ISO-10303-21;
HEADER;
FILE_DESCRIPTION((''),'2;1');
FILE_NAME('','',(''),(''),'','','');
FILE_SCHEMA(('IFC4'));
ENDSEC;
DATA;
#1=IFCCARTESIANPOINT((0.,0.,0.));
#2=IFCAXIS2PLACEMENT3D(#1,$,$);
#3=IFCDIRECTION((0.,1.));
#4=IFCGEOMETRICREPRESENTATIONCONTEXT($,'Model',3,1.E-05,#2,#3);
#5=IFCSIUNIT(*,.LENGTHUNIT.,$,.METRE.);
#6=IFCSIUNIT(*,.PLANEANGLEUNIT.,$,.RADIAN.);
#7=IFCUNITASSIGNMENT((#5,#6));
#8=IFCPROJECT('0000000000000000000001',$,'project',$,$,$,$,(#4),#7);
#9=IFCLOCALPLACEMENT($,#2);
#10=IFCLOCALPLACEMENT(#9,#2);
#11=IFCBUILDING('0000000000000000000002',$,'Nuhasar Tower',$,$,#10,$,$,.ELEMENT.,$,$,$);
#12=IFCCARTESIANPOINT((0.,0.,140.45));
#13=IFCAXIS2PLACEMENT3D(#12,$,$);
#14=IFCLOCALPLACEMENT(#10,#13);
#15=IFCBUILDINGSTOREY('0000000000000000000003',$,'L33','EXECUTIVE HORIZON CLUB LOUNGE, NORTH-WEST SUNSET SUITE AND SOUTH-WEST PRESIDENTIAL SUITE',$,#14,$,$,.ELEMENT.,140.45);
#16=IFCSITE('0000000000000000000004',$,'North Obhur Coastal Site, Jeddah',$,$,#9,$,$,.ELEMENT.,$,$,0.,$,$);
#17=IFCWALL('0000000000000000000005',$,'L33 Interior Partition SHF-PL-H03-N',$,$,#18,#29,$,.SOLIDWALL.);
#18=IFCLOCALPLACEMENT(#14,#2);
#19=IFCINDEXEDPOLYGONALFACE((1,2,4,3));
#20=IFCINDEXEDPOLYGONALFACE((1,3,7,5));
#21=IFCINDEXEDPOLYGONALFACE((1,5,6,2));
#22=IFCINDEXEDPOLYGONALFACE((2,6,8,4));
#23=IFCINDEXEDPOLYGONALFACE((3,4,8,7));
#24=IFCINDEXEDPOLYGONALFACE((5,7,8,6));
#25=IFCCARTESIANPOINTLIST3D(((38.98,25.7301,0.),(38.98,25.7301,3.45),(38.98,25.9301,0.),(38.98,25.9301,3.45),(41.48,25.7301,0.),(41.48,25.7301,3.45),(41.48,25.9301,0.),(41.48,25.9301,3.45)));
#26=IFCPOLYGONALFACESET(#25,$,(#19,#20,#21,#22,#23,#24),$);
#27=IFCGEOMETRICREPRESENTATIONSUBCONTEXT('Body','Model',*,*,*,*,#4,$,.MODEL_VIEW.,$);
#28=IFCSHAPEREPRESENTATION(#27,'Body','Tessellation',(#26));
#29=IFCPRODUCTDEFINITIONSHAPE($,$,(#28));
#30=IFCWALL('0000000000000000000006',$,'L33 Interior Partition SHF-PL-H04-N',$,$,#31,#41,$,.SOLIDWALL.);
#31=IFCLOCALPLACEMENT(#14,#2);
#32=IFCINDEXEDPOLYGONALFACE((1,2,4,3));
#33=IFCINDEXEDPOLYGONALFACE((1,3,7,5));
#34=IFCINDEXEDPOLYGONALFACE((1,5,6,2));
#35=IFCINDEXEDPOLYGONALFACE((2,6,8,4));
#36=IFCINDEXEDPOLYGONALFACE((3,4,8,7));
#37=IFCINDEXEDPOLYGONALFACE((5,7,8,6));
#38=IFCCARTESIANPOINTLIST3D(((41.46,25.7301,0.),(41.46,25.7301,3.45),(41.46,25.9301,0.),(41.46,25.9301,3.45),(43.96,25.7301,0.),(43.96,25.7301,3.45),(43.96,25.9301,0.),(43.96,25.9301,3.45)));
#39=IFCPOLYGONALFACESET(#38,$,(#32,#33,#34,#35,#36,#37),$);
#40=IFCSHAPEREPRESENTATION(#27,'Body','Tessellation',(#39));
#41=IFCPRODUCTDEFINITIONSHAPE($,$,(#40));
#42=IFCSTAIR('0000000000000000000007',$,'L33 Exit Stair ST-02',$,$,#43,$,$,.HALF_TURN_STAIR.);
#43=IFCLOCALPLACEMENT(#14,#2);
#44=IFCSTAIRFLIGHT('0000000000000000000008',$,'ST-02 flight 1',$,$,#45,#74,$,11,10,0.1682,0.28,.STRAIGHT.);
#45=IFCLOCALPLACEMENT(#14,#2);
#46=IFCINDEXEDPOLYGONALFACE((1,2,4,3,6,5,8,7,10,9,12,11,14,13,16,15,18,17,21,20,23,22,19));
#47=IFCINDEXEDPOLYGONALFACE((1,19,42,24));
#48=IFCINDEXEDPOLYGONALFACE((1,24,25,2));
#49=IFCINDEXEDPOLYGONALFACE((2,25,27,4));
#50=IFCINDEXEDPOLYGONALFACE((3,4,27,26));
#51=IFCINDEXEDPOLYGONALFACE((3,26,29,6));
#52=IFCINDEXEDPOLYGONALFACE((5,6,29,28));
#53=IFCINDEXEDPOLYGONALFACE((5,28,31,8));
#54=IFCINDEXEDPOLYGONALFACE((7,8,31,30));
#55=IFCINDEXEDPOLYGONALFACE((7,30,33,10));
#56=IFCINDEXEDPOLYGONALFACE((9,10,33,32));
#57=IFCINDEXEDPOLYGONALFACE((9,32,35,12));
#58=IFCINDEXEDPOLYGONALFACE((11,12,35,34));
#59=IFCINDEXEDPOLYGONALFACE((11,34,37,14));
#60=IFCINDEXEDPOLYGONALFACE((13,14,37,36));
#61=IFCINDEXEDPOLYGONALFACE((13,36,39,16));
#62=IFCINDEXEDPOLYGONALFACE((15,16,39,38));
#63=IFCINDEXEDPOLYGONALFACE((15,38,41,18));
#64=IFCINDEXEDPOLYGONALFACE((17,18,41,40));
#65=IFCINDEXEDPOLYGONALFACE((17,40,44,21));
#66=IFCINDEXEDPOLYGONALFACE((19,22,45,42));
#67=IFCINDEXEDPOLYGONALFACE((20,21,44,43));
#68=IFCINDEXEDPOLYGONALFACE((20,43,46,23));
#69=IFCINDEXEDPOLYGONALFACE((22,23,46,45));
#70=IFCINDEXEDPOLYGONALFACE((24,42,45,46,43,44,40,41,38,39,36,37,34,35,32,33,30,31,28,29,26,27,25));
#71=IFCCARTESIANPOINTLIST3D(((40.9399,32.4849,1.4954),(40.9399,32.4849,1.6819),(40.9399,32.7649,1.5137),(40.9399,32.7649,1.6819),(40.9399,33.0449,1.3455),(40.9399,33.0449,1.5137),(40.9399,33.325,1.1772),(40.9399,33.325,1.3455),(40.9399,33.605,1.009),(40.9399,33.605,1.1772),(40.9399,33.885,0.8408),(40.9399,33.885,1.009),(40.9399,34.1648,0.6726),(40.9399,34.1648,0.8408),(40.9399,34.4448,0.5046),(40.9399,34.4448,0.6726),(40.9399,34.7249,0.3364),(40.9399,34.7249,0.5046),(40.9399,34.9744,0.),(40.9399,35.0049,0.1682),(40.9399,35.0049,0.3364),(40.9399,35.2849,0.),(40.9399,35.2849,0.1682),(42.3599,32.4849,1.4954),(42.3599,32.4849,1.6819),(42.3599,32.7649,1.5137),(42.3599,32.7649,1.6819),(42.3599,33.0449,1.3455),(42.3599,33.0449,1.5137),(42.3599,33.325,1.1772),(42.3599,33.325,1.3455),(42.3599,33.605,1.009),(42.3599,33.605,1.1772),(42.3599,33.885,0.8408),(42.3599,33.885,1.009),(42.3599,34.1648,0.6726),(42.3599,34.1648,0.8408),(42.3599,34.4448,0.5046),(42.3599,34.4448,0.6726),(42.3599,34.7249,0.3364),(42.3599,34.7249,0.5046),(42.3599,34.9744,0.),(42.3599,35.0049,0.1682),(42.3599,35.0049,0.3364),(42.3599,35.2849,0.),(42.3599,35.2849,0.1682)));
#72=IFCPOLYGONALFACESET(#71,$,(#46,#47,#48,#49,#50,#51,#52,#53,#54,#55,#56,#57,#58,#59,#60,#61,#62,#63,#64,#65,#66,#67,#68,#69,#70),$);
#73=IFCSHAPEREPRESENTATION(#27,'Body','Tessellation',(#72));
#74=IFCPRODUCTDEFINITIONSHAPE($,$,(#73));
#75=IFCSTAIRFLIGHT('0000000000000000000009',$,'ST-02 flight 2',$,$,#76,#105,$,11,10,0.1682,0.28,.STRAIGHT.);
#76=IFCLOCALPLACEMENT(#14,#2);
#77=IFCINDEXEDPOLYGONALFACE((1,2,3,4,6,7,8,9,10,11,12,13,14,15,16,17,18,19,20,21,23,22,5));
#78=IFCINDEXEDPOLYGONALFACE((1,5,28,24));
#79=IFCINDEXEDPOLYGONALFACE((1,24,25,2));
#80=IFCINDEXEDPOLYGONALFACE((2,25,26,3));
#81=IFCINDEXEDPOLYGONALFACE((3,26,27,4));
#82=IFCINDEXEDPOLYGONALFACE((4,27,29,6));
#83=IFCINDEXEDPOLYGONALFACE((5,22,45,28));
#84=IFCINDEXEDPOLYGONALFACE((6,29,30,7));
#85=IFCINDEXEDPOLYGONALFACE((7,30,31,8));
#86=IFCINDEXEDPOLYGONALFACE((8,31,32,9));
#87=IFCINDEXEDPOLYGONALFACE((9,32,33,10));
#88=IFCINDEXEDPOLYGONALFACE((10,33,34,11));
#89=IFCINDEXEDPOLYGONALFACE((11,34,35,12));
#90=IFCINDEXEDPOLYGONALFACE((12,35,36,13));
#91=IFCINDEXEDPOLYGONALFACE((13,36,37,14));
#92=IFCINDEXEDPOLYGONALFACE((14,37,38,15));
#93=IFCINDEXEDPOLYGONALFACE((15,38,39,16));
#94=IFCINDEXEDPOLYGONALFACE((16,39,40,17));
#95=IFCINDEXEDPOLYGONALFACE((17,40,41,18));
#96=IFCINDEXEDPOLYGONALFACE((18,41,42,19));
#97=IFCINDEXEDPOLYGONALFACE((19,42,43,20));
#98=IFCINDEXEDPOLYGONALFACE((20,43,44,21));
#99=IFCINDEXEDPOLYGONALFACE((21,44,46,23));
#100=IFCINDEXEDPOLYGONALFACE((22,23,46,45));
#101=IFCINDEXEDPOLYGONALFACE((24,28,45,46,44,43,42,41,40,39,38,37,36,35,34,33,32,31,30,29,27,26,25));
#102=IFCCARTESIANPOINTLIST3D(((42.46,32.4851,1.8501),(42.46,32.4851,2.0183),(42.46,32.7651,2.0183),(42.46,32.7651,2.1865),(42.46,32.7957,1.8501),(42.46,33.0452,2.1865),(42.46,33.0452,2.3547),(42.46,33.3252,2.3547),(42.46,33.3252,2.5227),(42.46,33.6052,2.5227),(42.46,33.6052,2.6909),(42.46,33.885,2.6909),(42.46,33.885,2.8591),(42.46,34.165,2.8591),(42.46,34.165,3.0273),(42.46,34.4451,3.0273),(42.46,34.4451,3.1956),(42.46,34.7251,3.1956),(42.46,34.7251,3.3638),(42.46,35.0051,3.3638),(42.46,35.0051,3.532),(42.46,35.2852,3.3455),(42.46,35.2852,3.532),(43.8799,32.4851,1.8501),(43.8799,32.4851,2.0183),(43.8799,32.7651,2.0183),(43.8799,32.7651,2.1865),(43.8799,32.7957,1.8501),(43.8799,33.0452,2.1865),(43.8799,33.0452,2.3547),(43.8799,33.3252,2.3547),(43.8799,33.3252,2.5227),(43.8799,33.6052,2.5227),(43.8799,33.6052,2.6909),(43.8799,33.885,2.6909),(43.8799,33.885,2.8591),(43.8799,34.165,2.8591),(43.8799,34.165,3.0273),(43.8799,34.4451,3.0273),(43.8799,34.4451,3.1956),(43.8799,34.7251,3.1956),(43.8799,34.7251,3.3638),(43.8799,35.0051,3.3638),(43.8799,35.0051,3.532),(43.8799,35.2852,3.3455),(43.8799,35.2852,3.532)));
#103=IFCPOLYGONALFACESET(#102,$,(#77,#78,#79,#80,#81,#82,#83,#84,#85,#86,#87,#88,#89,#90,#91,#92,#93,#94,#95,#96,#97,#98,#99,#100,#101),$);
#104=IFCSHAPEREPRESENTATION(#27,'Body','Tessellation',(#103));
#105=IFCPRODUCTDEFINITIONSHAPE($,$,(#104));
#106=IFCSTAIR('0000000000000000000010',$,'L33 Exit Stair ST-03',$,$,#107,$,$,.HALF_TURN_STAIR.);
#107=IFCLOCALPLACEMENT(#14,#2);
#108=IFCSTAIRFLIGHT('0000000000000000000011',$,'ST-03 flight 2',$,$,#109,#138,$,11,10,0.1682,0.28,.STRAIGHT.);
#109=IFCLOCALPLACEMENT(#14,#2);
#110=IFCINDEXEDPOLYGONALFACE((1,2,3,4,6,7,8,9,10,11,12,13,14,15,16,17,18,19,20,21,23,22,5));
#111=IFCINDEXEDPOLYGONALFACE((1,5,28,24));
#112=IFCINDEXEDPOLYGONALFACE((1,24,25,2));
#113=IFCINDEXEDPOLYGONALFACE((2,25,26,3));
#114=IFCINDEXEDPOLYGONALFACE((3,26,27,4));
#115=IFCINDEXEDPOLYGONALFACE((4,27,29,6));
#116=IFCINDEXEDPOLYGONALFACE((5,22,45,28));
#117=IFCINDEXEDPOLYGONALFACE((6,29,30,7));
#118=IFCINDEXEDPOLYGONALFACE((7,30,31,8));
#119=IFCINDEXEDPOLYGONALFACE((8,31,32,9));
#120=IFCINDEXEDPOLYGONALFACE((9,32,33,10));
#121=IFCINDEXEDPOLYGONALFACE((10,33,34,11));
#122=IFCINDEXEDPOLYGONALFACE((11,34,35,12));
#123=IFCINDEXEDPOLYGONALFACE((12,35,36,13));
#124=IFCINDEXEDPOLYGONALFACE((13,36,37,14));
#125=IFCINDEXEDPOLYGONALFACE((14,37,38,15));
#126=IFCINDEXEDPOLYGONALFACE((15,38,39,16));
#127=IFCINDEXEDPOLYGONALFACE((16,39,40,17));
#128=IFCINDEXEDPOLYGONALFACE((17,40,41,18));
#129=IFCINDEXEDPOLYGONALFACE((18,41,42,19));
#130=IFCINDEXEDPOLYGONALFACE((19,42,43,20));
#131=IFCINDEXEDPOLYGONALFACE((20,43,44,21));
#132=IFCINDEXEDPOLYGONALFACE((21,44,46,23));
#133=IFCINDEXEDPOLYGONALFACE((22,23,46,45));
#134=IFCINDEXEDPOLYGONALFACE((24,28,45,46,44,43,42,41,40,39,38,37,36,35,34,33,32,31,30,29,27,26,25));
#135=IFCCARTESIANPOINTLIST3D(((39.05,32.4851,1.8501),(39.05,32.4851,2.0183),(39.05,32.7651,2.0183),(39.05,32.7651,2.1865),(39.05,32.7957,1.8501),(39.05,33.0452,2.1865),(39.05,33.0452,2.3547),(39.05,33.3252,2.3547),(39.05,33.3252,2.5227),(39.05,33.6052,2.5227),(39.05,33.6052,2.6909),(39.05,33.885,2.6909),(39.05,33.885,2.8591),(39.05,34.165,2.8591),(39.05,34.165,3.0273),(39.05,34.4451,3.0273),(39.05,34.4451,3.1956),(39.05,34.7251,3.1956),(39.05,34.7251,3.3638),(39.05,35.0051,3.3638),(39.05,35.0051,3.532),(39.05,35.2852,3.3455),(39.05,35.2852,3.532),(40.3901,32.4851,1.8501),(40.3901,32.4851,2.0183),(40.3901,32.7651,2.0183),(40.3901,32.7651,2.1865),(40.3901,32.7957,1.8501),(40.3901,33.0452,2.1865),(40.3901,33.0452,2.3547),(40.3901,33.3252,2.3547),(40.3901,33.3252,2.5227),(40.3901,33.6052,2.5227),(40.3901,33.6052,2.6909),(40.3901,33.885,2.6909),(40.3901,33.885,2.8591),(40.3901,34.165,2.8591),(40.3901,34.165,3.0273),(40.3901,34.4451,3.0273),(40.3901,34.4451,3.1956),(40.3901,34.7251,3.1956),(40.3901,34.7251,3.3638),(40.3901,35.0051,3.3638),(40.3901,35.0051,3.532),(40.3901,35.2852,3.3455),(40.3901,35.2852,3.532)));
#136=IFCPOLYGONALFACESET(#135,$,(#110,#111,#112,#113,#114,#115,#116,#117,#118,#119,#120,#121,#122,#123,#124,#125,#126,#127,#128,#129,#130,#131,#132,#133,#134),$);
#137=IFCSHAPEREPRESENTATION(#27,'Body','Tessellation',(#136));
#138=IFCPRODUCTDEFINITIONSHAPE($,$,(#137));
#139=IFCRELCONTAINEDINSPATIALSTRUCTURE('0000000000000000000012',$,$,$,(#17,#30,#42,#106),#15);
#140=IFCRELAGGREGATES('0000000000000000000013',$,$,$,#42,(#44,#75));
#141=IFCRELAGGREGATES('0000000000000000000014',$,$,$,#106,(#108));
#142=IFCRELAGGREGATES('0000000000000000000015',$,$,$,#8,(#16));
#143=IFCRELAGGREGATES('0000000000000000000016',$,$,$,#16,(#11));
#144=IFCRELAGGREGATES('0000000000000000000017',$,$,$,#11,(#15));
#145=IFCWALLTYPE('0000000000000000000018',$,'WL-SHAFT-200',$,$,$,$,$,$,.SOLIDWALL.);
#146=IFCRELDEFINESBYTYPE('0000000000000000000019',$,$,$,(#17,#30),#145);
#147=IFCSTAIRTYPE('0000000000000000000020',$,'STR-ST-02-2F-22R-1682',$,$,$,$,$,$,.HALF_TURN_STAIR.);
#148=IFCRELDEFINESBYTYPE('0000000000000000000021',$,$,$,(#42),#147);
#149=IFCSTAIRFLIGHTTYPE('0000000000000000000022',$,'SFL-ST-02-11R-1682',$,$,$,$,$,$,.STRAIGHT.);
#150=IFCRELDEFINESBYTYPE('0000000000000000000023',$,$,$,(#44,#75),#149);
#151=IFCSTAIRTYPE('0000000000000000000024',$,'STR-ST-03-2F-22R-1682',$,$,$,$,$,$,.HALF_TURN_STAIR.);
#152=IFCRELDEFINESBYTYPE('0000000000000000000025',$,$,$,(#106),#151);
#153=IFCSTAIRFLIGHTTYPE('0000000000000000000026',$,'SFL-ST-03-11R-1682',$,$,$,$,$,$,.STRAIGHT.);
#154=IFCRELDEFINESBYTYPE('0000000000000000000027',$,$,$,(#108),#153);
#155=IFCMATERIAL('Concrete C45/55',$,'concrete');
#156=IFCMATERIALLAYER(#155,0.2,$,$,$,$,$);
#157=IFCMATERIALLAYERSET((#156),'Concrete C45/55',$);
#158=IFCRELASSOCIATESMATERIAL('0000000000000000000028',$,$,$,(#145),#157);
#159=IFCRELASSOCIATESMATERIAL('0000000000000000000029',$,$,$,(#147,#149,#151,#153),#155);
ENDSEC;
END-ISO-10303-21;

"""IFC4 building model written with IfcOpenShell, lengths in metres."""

from ifc_helpers import new_model, si_unit, direction, frame, frame_2d, origin, place, context, subcontext, project, spatial, polyline, rectangle, outline, extrude, material, layer, layer_set, type_object, element, aggregate, save


model = new_model("IFC4")

# Units and contexts
model_context = context("Model", 3, precision=1e-05, world=origin(), true_north=direction((0.0, 1.0)))
body_context = subcontext(model_context, "Body", "Model", "MODEL_VIEW")
ifc_project = project(units=[si_unit("LENGTHUNIT", "METRE"), si_unit("PLANEANGLEUNIT", "RADIAN")], contexts=[model_context])

# Site, building, storey
site_placement = place(None, origin())
site = spatial("IfcSite", under=ifc_project, at=site_placement, Name="North Obhur Coastal Site, Jeddah", CompositionType="ELEMENT", RefElevation=0.0)
building_placement = place(site_placement, origin())
building = spatial("IfcBuilding", under=site, at=building_placement, Name="Nuhasar Tower", CompositionType="ELEMENT")
storey_placement = place(building_placement, frame((0.0, 0.0, 140.45)))
storey = spatial("IfcBuildingStorey", under=building, at=storey_placement, Name="L33", Description="EXECUTIVE HORIZON CLUB LOUNGE, NORTH-WEST SUNSET SUITE AND SOUTH-WEST PRESIDENTIAL SUITE", CompositionType="ELEMENT", Elevation=140.45)

# Shared definitions
ifc_material_1 = material(Name="Concrete C45/55", Category="concrete")
ifc_layer_1 = layer(ifc_material_1, 0.2)
ifc_layer_set_1 = layer_set([ifc_layer_1], Name="Concrete C45/55")
wall_type_1 = type_object("IfcWallType", Name="WL-SHAFT-200", PredefinedType="SOLIDWALL", material=ifc_layer_set_1)

# Walls
for number, where, z_axis, x_axis, name in (
    (1, (38.98, 25.8301, 0.0), (0.0, 0.0, 1.0), (1.0, 0.0, 0.0), "L33 Interior Partition SHF-PL-H03-N"),
    (2, (41.46, 25.8301, 0.0), (0.0, 0.0, 1.0), (1.0, 0.0, 0.0), "L33 Interior Partition SHF-PL-H04-N"),
):
    element("IfcWall", number, at=place(storey_placement, frame(where, z_axis=z_axis, x_axis=x_axis)), inside=storey, type_object=wall_type_1, Name=name, PredefinedType="SOLIDWALL", context=body_context, shape_type="SweptSolid", body=[
        extrude(rectangle(XDim=2.5, YDim=0.2, at=frame_2d((1.25, 0.0))), origin(), (0.0, 0.0, 1.0), 3.45),
    ])

# Stair, stair flights
stair_type_1 = type_object("IfcStairType", Name="STR-ST-02-2F-22R-1682", PredefinedType="HALF_TURN_STAIR", material=ifc_material_1)
stair_1_placement = place(storey_placement, origin())
stair_1 = element("IfcStair", 3, at=stair_1_placement, inside=storey, type_object=stair_type_1, Name="L33 Exit Stair ST-02", PredefinedType="HALF_TURN_STAIR")
stair_flight_type_1 = type_object("IfcStairFlightType", Name="SFL-ST-02-11R-1682", PredefinedType="STRAIGHT", material=ifc_material_1)
stair_flight_1_placement = place(storey_placement, frame((41.6499, 35.2849, 0.0), z_axis=(0.0, 0.0, 1.0), x_axis=(0.0, -1.0, 0.0)))
stair_flight_1 = element("IfcStairFlight", 4, at=stair_flight_1_placement, type_object=stair_flight_type_1, Name="ST-02 flight 1", NumberOfRisers=11, NumberOfTreads=10, PredefinedType="STRAIGHT", RiserHeight=0.1682, TreadLength=0.28, context=body_context, shape_type="SweptSolid", body=[
    extrude(outline(polyline([(0.0, 0.0), (0.0, 0.1682), (0.28, 0.1682), (0.28, 0.3364), (0.5601, 0.3364), (0.5601, 0.5046), (0.8401, 0.5046), (0.8401, 0.6726), (1.1201, 0.6726), (1.1201, 0.8408), (1.3999, 0.8408), (1.3999, 1.009), (1.6799, 1.009), (1.6799, 1.1772), (1.96, 1.1772), (1.96, 1.3455), (2.24, 1.3455), (2.24, 1.5137), (2.52, 1.5137), (2.52, 1.6819), (2.8, 1.6819), (2.8, 1.8501), (2.8, 1.4954), (0.3105, 0.0), (0.0, 0.0)])), frame((0.0, 0.71, 0.0), z_axis=(0.0, -1.0, 0.0), x_axis=(1.0, 0.0, 0.0)), (0.0, 0.0, 1.0), 1.4199),
])
stair_flight_2_placement = place(storey_placement, frame((43.1699, 32.4851, 1.8501), z_axis=(0.0, 0.0, 1.0), x_axis=(0.0, 1.0, 0.0)))
stair_flight_2 = element("IfcStairFlight", 5, at=stair_flight_2_placement, type_object=stair_flight_type_1, Name="ST-02 flight 2", NumberOfRisers=11, NumberOfTreads=10, PredefinedType="STRAIGHT", RiserHeight=0.1682, TreadLength=0.28, context=body_context, shape_type="SweptSolid", body=[
    extrude(outline(polyline([(0.0, 0.0), (0.0, 0.1682), (0.28, 0.1682), (0.28, 0.3364), (0.5601, 0.3364), (0.5601, 0.5046), (0.8401, 0.5046), (0.8401, 0.6726), (1.1201, 0.6726), (1.1201, 0.8408), (1.3999, 0.8408), (1.3999, 1.009), (1.6799, 1.009), (1.6799, 1.1772), (1.96, 1.1772), (1.96, 1.3455), (2.24, 1.3455), (2.24, 1.5137), (2.52, 1.5137), (2.52, 1.6819), (2.8, 1.6819), (2.8, 1.8501), (2.8, 1.4954), (0.3105, 0.0), (0.0, 0.0)])), frame((0.0, 0.71, 0.0), z_axis=(0.0, -1.0, 0.0), x_axis=(1.0, 0.0, 0.0)), (0.0, 0.0, 1.0), 1.4199),
])
aggregate(stair_1, [stair_flight_1, stair_flight_2])

# Stair, stair flight
stair_type_2 = type_object("IfcStairType", Name="STR-ST-03-2F-22R-1682", PredefinedType="HALF_TURN_STAIR", material=ifc_material_1)
stair_2_placement = place(storey_placement, origin())
stair_2 = element("IfcStair", 6, at=stair_2_placement, inside=storey, type_object=stair_type_2, Name="L33 Exit Stair ST-03", PredefinedType="HALF_TURN_STAIR")
stair_flight_type_2 = type_object("IfcStairFlightType", Name="SFL-ST-03-11R-1682", PredefinedType="STRAIGHT", material=ifc_material_1)
stair_flight_3_placement = place(storey_placement, frame((39.72, 32.4851, 1.8501), z_axis=(0.0, 0.0, 1.0), x_axis=(0.0, 1.0, 0.0)))
stair_flight_3 = element("IfcStairFlight", 7, at=stair_flight_3_placement, type_object=stair_flight_type_2, Name="ST-03 flight 2", NumberOfRisers=11, NumberOfTreads=10, PredefinedType="STRAIGHT", RiserHeight=0.1682, TreadLength=0.28, context=body_context, shape_type="SweptSolid", body=[
    extrude(outline(polyline([(0.0, 0.0), (0.0, 0.1682), (0.28, 0.1682), (0.28, 0.3364), (0.5601, 0.3364), (0.5601, 0.5046), (0.8401, 0.5046), (0.8401, 0.6726), (1.1201, 0.6726), (1.1201, 0.8408), (1.3999, 0.8408), (1.3999, 1.009), (1.6799, 1.009), (1.6799, 1.1772), (1.96, 1.1772), (1.96, 1.3455), (2.24, 1.3455), (2.24, 1.5137), (2.52, 1.5137), (2.52, 1.6819), (2.8, 1.6819), (2.8, 1.8501), (2.8, 1.4954), (0.3105, 0.0), (0.0, 0.0)])), frame((0.0, 0.6699, 0.0), z_axis=(0.0, -1.0, 0.0), x_axis=(1.0, 0.0, 0.0)), (0.0, 0.0, 1.0), 1.3401),
])
aggregate(stair_2, [stair_flight_3])

save(model, "model.ifc")
